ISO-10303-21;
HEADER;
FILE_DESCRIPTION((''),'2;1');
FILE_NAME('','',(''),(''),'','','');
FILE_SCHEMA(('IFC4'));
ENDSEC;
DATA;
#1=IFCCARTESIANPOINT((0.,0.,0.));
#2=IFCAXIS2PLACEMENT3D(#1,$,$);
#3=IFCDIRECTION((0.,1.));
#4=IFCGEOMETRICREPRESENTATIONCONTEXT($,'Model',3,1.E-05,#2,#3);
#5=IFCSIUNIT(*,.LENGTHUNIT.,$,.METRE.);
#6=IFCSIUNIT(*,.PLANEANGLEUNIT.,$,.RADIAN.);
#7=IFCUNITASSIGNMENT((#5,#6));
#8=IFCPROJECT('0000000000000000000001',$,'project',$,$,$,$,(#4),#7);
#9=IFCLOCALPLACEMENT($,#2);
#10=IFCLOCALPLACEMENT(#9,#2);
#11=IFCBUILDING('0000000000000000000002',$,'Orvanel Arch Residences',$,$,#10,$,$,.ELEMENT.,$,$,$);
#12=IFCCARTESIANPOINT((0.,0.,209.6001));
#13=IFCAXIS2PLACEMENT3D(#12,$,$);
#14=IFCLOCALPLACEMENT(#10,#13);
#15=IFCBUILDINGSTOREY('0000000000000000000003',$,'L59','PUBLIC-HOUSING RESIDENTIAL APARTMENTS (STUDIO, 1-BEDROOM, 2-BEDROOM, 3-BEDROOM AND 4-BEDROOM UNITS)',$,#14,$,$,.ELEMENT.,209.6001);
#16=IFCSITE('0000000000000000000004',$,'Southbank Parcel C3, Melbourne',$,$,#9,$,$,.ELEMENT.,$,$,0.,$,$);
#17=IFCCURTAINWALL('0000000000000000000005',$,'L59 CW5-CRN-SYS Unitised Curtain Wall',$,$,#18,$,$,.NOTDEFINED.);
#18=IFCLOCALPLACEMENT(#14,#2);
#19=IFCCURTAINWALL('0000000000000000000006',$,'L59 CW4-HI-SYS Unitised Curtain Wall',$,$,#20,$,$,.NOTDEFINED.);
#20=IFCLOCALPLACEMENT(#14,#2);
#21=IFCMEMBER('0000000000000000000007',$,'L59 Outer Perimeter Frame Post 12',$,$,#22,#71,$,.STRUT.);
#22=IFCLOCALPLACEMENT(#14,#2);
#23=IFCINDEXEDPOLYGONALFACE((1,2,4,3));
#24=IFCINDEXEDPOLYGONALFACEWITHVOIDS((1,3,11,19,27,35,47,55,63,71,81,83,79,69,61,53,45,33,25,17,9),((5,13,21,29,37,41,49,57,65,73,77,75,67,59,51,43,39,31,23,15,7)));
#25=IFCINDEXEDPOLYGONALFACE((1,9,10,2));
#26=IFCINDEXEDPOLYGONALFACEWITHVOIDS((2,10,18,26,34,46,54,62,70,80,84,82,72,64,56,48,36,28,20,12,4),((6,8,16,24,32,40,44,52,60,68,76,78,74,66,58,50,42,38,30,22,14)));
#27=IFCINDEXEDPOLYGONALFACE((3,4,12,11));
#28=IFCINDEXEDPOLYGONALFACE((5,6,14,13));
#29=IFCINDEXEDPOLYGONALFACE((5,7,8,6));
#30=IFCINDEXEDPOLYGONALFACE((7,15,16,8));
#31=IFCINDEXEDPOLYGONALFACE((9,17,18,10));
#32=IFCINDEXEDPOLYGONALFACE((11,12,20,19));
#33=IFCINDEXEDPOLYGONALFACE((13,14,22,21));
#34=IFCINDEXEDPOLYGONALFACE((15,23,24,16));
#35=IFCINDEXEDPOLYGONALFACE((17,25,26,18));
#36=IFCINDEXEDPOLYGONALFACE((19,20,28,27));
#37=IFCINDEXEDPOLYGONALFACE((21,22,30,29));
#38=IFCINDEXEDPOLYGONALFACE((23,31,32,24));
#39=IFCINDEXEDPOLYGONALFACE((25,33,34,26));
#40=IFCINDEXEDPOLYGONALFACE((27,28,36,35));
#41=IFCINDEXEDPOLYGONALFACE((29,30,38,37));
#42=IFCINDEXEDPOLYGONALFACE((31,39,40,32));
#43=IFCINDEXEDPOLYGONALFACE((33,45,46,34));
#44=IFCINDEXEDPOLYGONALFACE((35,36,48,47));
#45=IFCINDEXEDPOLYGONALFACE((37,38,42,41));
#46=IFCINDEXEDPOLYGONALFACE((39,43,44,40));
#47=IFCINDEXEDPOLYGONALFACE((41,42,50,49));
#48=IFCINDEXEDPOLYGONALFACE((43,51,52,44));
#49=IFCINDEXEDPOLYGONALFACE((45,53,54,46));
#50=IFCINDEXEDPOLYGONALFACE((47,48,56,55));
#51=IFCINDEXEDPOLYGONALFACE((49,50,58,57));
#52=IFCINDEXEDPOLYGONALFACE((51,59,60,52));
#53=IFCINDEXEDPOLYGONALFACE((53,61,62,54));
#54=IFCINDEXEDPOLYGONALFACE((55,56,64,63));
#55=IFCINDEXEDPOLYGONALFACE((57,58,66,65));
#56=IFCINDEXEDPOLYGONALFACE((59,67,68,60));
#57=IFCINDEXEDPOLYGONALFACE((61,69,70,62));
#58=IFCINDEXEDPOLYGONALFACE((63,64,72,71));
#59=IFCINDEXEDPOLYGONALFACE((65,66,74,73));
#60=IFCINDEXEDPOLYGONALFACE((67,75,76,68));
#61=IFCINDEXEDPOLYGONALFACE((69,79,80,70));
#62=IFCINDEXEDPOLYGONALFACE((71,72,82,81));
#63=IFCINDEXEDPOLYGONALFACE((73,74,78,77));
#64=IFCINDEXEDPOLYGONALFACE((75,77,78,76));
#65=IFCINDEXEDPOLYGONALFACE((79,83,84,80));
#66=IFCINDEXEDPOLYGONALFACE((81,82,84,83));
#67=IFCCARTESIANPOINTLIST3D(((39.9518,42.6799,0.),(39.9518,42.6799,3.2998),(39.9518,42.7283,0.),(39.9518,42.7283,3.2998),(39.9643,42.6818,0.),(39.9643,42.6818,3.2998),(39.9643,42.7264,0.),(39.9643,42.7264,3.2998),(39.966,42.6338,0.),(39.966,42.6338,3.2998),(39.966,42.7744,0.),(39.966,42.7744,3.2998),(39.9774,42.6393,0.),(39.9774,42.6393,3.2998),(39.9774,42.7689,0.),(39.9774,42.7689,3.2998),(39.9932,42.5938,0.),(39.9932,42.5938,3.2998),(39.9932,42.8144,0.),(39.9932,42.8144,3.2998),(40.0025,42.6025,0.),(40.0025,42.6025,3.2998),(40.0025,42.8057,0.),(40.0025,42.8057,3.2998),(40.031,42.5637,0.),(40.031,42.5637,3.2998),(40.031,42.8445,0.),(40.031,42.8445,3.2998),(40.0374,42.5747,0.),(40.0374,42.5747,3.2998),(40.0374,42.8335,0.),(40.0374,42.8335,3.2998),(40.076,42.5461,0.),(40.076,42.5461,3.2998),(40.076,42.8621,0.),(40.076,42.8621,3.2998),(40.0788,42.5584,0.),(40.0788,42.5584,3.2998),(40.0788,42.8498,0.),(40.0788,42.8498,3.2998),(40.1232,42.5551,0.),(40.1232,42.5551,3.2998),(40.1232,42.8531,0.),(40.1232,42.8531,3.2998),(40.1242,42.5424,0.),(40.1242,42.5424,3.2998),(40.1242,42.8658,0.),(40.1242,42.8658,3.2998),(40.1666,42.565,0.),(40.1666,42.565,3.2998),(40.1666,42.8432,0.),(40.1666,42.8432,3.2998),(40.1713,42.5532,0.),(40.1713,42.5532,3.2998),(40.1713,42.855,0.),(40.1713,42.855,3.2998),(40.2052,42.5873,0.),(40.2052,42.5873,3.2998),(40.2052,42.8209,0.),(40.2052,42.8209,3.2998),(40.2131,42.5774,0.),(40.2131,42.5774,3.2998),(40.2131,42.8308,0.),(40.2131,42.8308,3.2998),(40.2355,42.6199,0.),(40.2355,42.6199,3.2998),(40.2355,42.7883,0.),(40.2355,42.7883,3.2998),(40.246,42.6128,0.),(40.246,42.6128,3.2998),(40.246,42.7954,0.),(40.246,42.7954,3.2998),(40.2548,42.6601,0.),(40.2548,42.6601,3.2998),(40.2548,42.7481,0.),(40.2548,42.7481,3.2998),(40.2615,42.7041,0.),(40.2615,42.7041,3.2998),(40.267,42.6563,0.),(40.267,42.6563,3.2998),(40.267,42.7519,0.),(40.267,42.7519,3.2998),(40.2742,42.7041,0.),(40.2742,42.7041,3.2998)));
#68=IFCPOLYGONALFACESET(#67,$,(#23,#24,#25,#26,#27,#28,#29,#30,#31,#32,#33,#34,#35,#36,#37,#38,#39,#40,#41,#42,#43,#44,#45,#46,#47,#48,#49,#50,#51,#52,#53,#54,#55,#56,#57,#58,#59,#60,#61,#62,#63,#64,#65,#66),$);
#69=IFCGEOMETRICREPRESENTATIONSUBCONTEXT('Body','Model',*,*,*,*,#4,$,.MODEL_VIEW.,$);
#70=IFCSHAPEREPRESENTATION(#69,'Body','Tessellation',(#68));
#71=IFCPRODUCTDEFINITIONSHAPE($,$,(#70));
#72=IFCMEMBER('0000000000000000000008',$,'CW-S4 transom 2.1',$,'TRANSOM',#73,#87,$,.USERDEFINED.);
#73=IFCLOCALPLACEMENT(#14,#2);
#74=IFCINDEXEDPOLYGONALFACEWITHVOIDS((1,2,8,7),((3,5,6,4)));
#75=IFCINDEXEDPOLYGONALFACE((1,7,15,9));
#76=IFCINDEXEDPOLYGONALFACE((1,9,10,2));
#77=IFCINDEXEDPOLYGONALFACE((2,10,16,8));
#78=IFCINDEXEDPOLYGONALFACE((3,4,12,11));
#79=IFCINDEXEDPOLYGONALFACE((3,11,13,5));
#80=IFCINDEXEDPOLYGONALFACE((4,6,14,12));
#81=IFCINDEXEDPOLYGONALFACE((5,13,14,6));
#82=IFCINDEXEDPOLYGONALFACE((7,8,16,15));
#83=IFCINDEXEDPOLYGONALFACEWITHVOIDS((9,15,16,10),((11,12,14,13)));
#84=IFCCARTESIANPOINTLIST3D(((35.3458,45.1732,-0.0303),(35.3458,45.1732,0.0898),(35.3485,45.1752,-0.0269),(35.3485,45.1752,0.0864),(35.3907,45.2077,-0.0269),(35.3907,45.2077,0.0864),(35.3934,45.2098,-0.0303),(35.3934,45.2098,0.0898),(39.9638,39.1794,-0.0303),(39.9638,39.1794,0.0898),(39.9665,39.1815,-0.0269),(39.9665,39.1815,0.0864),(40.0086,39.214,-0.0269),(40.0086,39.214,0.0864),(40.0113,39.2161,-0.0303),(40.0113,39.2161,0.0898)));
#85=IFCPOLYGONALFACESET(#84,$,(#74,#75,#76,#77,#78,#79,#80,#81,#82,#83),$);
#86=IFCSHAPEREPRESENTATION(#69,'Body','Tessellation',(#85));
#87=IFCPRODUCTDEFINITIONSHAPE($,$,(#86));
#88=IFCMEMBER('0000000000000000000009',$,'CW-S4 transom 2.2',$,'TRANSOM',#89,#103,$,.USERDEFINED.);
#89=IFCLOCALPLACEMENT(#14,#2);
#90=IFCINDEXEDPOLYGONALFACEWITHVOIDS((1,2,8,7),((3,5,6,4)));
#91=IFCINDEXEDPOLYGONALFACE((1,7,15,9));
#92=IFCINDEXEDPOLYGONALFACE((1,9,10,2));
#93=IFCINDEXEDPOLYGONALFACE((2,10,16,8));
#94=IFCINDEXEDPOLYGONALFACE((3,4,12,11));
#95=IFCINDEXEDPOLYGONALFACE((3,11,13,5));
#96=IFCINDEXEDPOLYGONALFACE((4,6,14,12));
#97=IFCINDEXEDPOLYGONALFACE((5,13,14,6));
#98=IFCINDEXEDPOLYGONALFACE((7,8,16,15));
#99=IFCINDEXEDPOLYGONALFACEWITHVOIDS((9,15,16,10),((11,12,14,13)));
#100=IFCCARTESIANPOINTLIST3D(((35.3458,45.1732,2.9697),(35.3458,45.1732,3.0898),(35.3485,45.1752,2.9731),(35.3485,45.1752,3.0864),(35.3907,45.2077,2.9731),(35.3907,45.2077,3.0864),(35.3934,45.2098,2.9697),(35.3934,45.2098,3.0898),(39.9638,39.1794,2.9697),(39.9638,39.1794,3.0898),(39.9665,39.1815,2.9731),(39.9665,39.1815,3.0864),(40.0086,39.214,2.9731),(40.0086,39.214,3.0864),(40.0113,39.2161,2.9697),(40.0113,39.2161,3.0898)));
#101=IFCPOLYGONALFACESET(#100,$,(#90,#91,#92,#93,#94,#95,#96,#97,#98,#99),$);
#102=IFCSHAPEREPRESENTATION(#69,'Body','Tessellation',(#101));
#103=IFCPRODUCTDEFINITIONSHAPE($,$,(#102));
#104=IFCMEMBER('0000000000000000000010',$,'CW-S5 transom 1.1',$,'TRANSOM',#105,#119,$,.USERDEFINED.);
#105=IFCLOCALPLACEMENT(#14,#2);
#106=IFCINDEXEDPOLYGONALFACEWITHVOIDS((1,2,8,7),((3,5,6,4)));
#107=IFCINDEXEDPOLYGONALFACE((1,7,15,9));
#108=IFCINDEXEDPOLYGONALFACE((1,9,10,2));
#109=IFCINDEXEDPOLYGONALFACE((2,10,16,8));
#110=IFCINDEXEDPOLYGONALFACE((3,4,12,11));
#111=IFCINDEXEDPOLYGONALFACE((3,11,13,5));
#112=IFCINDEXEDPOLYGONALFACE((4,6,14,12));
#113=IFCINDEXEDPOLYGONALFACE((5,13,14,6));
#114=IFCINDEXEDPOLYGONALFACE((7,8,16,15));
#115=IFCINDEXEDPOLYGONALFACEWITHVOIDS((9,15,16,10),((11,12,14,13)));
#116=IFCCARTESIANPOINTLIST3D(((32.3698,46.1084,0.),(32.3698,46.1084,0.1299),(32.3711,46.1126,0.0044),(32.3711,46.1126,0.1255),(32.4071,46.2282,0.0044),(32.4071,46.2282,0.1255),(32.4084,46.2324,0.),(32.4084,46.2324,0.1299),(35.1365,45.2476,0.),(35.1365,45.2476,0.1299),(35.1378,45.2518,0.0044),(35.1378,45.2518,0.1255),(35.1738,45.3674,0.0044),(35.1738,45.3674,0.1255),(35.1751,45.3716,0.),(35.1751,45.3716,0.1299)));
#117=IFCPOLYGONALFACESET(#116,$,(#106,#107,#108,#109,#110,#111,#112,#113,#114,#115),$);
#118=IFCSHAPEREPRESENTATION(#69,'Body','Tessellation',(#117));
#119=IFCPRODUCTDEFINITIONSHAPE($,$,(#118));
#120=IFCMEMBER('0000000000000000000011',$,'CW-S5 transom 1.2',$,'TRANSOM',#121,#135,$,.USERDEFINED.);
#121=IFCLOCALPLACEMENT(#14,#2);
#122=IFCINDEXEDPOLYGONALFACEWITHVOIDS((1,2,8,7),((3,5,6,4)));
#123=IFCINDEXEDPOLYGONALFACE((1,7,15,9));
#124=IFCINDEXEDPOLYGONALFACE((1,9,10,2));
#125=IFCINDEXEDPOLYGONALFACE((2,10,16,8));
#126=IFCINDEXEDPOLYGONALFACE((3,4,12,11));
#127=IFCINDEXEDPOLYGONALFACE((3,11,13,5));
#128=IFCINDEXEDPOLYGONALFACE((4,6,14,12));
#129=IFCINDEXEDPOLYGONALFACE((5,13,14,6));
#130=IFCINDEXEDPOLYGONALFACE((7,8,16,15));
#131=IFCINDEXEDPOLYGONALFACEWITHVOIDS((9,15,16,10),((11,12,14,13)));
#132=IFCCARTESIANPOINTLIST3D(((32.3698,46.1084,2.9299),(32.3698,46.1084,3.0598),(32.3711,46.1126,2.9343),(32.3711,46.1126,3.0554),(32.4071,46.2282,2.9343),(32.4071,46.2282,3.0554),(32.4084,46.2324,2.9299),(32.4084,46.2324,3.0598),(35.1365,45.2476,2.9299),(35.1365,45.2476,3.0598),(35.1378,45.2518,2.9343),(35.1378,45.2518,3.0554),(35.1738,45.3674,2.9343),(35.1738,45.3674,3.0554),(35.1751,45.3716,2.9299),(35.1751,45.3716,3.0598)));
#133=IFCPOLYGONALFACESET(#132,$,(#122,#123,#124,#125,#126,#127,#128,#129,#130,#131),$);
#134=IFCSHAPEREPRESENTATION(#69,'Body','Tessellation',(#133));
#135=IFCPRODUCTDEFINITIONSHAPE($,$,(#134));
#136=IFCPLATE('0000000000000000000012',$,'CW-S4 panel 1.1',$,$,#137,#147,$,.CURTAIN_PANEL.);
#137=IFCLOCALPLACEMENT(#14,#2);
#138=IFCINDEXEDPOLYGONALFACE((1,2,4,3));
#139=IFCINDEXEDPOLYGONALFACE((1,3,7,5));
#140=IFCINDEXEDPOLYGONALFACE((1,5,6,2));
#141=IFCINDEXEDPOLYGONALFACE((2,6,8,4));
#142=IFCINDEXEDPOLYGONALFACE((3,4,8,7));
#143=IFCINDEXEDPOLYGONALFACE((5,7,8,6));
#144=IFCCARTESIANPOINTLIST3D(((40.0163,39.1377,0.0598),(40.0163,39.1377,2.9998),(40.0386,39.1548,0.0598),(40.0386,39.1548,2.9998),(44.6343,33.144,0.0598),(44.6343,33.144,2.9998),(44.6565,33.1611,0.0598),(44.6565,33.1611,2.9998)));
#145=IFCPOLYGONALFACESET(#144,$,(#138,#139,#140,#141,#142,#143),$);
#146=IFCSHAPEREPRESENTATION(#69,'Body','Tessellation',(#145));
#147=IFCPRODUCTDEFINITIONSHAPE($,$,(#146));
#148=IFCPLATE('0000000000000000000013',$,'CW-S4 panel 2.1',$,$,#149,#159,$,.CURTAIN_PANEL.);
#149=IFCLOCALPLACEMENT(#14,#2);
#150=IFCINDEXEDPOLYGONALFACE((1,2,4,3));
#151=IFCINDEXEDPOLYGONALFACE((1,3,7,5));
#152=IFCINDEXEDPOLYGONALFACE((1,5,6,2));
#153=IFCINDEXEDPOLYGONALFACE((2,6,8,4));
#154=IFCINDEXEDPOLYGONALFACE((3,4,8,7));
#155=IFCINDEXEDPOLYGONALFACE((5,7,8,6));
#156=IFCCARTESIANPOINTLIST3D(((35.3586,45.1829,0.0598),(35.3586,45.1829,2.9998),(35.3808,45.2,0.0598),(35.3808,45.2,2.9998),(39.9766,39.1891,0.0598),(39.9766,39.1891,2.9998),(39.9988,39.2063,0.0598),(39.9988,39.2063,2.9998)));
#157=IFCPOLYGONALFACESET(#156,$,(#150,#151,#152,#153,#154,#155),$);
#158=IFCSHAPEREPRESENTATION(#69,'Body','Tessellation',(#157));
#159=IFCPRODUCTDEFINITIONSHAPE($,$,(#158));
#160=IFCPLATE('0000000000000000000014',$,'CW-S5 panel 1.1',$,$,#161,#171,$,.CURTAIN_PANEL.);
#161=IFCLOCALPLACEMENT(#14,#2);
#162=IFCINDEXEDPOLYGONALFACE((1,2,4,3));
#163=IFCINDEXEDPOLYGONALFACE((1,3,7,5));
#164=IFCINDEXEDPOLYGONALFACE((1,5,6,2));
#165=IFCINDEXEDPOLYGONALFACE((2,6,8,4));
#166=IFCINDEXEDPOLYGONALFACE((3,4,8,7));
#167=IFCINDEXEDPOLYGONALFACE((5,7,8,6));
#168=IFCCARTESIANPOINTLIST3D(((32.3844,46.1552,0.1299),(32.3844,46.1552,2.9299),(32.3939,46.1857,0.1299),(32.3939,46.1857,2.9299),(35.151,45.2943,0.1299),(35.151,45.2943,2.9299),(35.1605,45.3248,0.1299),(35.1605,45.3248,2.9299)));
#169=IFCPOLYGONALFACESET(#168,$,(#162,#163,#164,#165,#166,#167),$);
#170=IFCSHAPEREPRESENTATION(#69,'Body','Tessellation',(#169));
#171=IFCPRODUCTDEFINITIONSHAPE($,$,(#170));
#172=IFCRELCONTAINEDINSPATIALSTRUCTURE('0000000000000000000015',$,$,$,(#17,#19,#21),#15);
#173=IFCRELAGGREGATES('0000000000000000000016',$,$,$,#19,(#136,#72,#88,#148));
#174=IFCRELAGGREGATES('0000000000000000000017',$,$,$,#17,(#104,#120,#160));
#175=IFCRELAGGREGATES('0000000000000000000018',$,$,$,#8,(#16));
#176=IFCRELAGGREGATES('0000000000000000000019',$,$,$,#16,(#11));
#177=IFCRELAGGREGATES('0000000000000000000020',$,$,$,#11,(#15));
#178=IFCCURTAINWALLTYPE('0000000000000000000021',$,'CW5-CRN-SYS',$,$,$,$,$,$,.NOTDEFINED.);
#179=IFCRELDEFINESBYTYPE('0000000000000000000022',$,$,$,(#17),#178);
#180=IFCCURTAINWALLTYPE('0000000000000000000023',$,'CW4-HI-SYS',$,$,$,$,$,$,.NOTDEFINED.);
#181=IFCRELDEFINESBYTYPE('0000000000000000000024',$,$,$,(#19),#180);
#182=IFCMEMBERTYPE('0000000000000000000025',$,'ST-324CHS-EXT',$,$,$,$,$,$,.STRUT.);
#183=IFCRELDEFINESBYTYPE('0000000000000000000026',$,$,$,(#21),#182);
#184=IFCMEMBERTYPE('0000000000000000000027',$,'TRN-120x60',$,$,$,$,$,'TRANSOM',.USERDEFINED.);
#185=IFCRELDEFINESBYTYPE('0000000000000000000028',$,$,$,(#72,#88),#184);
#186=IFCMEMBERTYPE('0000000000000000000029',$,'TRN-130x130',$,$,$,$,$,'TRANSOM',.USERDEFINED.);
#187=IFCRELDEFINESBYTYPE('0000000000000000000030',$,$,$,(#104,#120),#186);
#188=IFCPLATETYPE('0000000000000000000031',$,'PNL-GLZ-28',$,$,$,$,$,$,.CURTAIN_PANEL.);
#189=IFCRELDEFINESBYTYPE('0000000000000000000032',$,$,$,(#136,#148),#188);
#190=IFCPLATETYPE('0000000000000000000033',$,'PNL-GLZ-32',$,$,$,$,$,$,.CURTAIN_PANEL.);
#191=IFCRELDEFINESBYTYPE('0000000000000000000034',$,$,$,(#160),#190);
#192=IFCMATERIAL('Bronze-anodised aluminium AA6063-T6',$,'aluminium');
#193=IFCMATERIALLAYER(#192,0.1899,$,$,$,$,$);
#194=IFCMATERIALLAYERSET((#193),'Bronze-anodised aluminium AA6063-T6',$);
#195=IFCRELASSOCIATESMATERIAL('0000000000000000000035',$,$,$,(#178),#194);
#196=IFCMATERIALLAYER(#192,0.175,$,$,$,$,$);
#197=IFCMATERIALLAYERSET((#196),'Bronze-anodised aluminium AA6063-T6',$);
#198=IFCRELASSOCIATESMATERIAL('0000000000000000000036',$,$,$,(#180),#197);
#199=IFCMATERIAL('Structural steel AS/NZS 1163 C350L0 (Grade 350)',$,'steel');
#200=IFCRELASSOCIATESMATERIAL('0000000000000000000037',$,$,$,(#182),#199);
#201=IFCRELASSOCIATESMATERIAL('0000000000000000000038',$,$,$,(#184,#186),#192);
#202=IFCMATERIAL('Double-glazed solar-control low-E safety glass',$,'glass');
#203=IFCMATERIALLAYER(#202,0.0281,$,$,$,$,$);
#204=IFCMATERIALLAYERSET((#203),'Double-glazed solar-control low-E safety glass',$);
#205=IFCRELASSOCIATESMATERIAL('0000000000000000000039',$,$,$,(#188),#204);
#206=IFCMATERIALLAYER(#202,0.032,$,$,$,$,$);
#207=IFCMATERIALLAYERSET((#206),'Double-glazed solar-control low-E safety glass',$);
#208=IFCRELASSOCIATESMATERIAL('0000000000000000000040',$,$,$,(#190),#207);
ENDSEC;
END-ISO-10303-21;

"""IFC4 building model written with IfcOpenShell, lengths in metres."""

from ifc_helpers import new_model, si_unit, direction, frame, origin, origin_2d, place, context, subcontext, project, spatial, rectangle, hollow_rectangle, hollow_circle, extrude, material, layer, layer_set, material_profile, profile_set, type_object, element, aggregate, save


model = new_model("IFC4")

# Units and contexts
model_context = context("Model", 3, precision=1e-05, world=origin(), true_north=direction((0.0, 1.0)))
body_context = subcontext(model_context, "Body", "Model", "MODEL_VIEW")
ifc_project = project(units=[si_unit("LENGTHUNIT", "METRE"), si_unit("PLANEANGLEUNIT", "RADIAN")], contexts=[model_context])

# Site, building, storey
site_placement = place(None, origin())
site = spatial("IfcSite", under=ifc_project, at=site_placement, Name="Southbank Parcel C3, Melbourne", CompositionType="ELEMENT", RefElevation=0.0)
building_placement = place(site_placement, origin())
building = spatial("IfcBuilding", under=site, at=building_placement, Name="Orvanel Arch Residences", CompositionType="ELEMENT")
storey_placement = place(building_placement, frame((0.0, 0.0, 209.6001)))
storey = spatial("IfcBuildingStorey", under=building, at=storey_placement, Name="L59", Description="PUBLIC-HOUSING RESIDENTIAL APARTMENTS (STUDIO, 1-BEDROOM, 2-BEDROOM, 3-BEDROOM AND 4-BEDROOM UNITS)", CompositionType="ELEMENT", Elevation=209.6001)

# Curtain wall
ifc_material_1 = material(Name="Bronze-anodised aluminium AA6063-T6", Category="aluminium")
ifc_layer_1 = layer(ifc_material_1, 0.1899)
ifc_layer_set_1 = layer_set([ifc_layer_1], Name="Bronze-anodised aluminium AA6063-T6")
curtain_wall_type_1 = type_object("IfcCurtainWallType", Name="CW5-CRN-SYS", PredefinedType="NOTDEFINED", material=ifc_layer_set_1)
curtain_wall_1_placement = place(storey_placement, origin())
curtain_wall_1 = element("IfcCurtainWall", 1, at=curtain_wall_1_placement, inside=storey, type_object=curtain_wall_type_1, Name="L59 CW5-CRN-SYS Unitised Curtain Wall", PredefinedType="NOTDEFINED")

# Curtain wall
ifc_layer_2 = layer(ifc_material_1, 0.175)
ifc_layer_set_2 = layer_set([ifc_layer_2], Name="Bronze-anodised aluminium AA6063-T6")
curtain_wall_type_2 = type_object("IfcCurtainWallType", Name="CW4-HI-SYS", PredefinedType="NOTDEFINED", material=ifc_layer_set_2)
curtain_wall_2_placement = place(storey_placement, origin())
curtain_wall_2 = element("IfcCurtainWall", 2, at=curtain_wall_2_placement, inside=storey, type_object=curtain_wall_type_2, Name="L59 CW4-HI-SYS Unitised Curtain Wall", PredefinedType="NOTDEFINED")

# Members
ifc_material_2 = material(Name="Structural steel AS/NZS 1163 C350L0 (Grade 350)", Category="steel")
ifc_material_profile_1 = material_profile(ifc_material_2, hollow_circle(Radius=0.1621, WallThickness=0.0127, at=origin_2d()), Name="CHS324x12.7")
ifc_profile_set_1 = profile_set([ifc_material_profile_1], Name="Structural steel AS/NZS 1163 C350L0 (Grade 350)")
member_type_1 = type_object("IfcMemberType", Name="ST-324CHS-EXT", PredefinedType="STRUT", material=ifc_profile_set_1)
member_1_placement = place(storey_placement, frame((40.1121, 42.7041, 0.0), z_axis=(0.0, 0.0, 1.0), x_axis=(1.0, 0.0, 0.0)))
element("IfcMember", 3, at=member_1_placement, inside=storey, type_object=member_type_1, Name="L59 Outer Perimeter Frame Post 12", PredefinedType="STRUT", context=body_context, shape_type="SweptSolid", body=[
    extrude(hollow_circle(Radius=0.1621, WallThickness=0.0127, at=origin_2d()), origin(), (0.0, 0.0, 1.0), 3.2998),
])
ifc_material_profile_2 = material_profile(ifc_material_1, hollow_rectangle(XDim=0.0601, YDim=0.1201, WallThickness=0.0034, at=origin_2d()), Name="ALU120x60x3.5")
ifc_profile_set_2 = profile_set([ifc_material_profile_2], Name="Bronze-anodised aluminium AA6063-T6")
member_type_2 = type_object("IfcMemberType", Name="TRN-120x60", ElementType="TRANSOM", PredefinedType="USERDEFINED", material=ifc_profile_set_2)
member_2_placement = place(storey_placement, frame((39.9875, 39.1978, 0.0298), z_axis=(-0.610327, 0.79215, 0.0), x_axis=(-0.79215, -0.610327, 0.0)))
member_2 = element("IfcMember", 4, at=member_2_placement, type_object=member_type_2, Name="CW-S4 transom 2.1", ObjectType="TRANSOM", PredefinedType="USERDEFINED", context=body_context, shape_type="SweptSolid", body=[
    extrude(hollow_rectangle(XDim=0.0601, YDim=0.1201, WallThickness=0.0034, at=origin_2d()), origin(), (0.0, 0.0, 1.0), 7.5664),
])
member_3_placement = place(storey_placement, frame((39.9875, 39.1978, 3.0298), z_axis=(-0.610327, 0.79215, 0.0), x_axis=(-0.79215, -0.610327, 0.0)))
member_3 = element("IfcMember", 5, at=member_3_placement, type_object=member_type_2, Name="CW-S4 transom 2.2", ObjectType="TRANSOM", PredefinedType="USERDEFINED", context=body_context, shape_type="SweptSolid", body=[
    extrude(hollow_rectangle(XDim=0.0601, YDim=0.1201, WallThickness=0.0034, at=origin_2d()), origin(), (0.0, 0.0, 1.0), 7.5664),
])
ifc_material_profile_3 = material_profile(ifc_material_1, hollow_rectangle(XDim=0.1299, YDim=0.1299, WallThickness=0.0044, at=origin_2d()), Name="ALU130x130x4.5")
ifc_profile_set_3 = profile_set([ifc_material_profile_3], Name="Bronze-anodised aluminium AA6063-T6")
member_type_3 = type_object("IfcMemberType", Name="TRN-130x130", ElementType="TRANSOM", PredefinedType="USERDEFINED", material=ifc_profile_set_3)
member_4_placement = place(storey_placement, frame((35.1558, 45.3096, 0.0649), z_axis=(-0.954845, 0.297104, 0.0), x_axis=(-0.297104, -0.954845, 0.0)))
member_4 = element("IfcMember", 6, at=member_4_placement, type_object=member_type_3, Name="CW-S5 transom 1.1", ObjectType="TRANSOM", PredefinedType="USERDEFINED", context=body_context, shape_type="SweptSolid", body=[
    extrude(hollow_rectangle(XDim=0.1299, YDim=0.1299, WallThickness=0.0044, at=origin_2d()), origin(), (0.0, 0.0, 1.0), 2.8975),
])
member_5_placement = place(storey_placement, frame((35.1558, 45.3096, 2.9949), z_axis=(-0.954845, 0.297104, 0.0), x_axis=(-0.297104, -0.954845, 0.0)))
member_5 = element("IfcMember", 7, at=member_5_placement, type_object=member_type_3, Name="CW-S5 transom 1.2", ObjectType="TRANSOM", PredefinedType="USERDEFINED", context=body_context, shape_type="SweptSolid", body=[
    extrude(hollow_rectangle(XDim=0.1299, YDim=0.1299, WallThickness=0.0044, at=origin_2d()), origin(), (0.0, 0.0, 1.0), 2.8975),
])

# Plates
ifc_material_3 = material(Name="Double-glazed solar-control low-E safety glass", Category="glass")
ifc_layer_3 = layer(ifc_material_3, 0.0281)
ifc_layer_set_3 = layer_set([ifc_layer_3], Name="Double-glazed solar-control low-E safety glass")
plate_type_1 = type_object("IfcPlateType", Name="PNL-GLZ-28", PredefinedType="CURTAIN_PANEL", material=ifc_layer_set_3)
plate_1_placement = place(storey_placement, frame((42.3364, 36.1494, 0.0598), z_axis=(0.0, 0.0, 1.0), x_axis=(-0.610325, 0.792151, 0.0)))
plate_1 = element("IfcPlate", 8, at=plate_1_placement, type_object=plate_type_1, Name="CW-S4 panel 1.1", PredefinedType="CURTAIN_PANEL", context=body_context, shape_type="SweptSolid", body=[
    extrude(rectangle(XDim=7.5664, YDim=0.0281, at=origin_2d()), origin(), (0.0, 0.0, 1.0), 2.9399),
])
plate_2_placement = place(storey_placement, frame((37.6787, 42.1946, 0.0598), z_axis=(0.0, 0.0, 1.0), x_axis=(-0.610325, 0.792151, 0.0)))
plate_2 = element("IfcPlate", 9, at=plate_2_placement, type_object=plate_type_1, Name="CW-S4 panel 2.1", PredefinedType="CURTAIN_PANEL", context=body_context, shape_type="SweptSolid", body=[
    extrude(rectangle(XDim=7.5664, YDim=0.0281, at=origin_2d()), origin(), (0.0, 0.0, 1.0), 2.9399),
])
aggregate(curtain_wall_2, [plate_1, member_2, member_3, plate_2])
ifc_layer_4 = layer(ifc_material_3, 0.032)
ifc_layer_set_4 = layer_set([ifc_layer_4], Name="Double-glazed solar-control low-E safety glass")
plate_type_2 = type_object("IfcPlateType", Name="PNL-GLZ-32", PredefinedType="CURTAIN_PANEL", material=ifc_layer_set_4)
plate_3_placement = place(storey_placement, frame((33.7725, 45.74, 0.1299), z_axis=(0.0, 0.0, 1.0), x_axis=(-0.954841, 0.297117, 0.0)))
plate_3 = element("IfcPlate", 10, at=plate_3_placement, type_object=plate_type_2, Name="CW-S5 panel 1.1", PredefinedType="CURTAIN_PANEL", context=body_context, shape_type="SweptSolid", body=[
    extrude(rectangle(XDim=2.8975, YDim=0.032, at=origin_2d()), origin(), (0.0, 0.0, 1.0), 2.8),
])
aggregate(curtain_wall_1, [member_4, member_5, plate_3])

save(model, "model.ifc")
